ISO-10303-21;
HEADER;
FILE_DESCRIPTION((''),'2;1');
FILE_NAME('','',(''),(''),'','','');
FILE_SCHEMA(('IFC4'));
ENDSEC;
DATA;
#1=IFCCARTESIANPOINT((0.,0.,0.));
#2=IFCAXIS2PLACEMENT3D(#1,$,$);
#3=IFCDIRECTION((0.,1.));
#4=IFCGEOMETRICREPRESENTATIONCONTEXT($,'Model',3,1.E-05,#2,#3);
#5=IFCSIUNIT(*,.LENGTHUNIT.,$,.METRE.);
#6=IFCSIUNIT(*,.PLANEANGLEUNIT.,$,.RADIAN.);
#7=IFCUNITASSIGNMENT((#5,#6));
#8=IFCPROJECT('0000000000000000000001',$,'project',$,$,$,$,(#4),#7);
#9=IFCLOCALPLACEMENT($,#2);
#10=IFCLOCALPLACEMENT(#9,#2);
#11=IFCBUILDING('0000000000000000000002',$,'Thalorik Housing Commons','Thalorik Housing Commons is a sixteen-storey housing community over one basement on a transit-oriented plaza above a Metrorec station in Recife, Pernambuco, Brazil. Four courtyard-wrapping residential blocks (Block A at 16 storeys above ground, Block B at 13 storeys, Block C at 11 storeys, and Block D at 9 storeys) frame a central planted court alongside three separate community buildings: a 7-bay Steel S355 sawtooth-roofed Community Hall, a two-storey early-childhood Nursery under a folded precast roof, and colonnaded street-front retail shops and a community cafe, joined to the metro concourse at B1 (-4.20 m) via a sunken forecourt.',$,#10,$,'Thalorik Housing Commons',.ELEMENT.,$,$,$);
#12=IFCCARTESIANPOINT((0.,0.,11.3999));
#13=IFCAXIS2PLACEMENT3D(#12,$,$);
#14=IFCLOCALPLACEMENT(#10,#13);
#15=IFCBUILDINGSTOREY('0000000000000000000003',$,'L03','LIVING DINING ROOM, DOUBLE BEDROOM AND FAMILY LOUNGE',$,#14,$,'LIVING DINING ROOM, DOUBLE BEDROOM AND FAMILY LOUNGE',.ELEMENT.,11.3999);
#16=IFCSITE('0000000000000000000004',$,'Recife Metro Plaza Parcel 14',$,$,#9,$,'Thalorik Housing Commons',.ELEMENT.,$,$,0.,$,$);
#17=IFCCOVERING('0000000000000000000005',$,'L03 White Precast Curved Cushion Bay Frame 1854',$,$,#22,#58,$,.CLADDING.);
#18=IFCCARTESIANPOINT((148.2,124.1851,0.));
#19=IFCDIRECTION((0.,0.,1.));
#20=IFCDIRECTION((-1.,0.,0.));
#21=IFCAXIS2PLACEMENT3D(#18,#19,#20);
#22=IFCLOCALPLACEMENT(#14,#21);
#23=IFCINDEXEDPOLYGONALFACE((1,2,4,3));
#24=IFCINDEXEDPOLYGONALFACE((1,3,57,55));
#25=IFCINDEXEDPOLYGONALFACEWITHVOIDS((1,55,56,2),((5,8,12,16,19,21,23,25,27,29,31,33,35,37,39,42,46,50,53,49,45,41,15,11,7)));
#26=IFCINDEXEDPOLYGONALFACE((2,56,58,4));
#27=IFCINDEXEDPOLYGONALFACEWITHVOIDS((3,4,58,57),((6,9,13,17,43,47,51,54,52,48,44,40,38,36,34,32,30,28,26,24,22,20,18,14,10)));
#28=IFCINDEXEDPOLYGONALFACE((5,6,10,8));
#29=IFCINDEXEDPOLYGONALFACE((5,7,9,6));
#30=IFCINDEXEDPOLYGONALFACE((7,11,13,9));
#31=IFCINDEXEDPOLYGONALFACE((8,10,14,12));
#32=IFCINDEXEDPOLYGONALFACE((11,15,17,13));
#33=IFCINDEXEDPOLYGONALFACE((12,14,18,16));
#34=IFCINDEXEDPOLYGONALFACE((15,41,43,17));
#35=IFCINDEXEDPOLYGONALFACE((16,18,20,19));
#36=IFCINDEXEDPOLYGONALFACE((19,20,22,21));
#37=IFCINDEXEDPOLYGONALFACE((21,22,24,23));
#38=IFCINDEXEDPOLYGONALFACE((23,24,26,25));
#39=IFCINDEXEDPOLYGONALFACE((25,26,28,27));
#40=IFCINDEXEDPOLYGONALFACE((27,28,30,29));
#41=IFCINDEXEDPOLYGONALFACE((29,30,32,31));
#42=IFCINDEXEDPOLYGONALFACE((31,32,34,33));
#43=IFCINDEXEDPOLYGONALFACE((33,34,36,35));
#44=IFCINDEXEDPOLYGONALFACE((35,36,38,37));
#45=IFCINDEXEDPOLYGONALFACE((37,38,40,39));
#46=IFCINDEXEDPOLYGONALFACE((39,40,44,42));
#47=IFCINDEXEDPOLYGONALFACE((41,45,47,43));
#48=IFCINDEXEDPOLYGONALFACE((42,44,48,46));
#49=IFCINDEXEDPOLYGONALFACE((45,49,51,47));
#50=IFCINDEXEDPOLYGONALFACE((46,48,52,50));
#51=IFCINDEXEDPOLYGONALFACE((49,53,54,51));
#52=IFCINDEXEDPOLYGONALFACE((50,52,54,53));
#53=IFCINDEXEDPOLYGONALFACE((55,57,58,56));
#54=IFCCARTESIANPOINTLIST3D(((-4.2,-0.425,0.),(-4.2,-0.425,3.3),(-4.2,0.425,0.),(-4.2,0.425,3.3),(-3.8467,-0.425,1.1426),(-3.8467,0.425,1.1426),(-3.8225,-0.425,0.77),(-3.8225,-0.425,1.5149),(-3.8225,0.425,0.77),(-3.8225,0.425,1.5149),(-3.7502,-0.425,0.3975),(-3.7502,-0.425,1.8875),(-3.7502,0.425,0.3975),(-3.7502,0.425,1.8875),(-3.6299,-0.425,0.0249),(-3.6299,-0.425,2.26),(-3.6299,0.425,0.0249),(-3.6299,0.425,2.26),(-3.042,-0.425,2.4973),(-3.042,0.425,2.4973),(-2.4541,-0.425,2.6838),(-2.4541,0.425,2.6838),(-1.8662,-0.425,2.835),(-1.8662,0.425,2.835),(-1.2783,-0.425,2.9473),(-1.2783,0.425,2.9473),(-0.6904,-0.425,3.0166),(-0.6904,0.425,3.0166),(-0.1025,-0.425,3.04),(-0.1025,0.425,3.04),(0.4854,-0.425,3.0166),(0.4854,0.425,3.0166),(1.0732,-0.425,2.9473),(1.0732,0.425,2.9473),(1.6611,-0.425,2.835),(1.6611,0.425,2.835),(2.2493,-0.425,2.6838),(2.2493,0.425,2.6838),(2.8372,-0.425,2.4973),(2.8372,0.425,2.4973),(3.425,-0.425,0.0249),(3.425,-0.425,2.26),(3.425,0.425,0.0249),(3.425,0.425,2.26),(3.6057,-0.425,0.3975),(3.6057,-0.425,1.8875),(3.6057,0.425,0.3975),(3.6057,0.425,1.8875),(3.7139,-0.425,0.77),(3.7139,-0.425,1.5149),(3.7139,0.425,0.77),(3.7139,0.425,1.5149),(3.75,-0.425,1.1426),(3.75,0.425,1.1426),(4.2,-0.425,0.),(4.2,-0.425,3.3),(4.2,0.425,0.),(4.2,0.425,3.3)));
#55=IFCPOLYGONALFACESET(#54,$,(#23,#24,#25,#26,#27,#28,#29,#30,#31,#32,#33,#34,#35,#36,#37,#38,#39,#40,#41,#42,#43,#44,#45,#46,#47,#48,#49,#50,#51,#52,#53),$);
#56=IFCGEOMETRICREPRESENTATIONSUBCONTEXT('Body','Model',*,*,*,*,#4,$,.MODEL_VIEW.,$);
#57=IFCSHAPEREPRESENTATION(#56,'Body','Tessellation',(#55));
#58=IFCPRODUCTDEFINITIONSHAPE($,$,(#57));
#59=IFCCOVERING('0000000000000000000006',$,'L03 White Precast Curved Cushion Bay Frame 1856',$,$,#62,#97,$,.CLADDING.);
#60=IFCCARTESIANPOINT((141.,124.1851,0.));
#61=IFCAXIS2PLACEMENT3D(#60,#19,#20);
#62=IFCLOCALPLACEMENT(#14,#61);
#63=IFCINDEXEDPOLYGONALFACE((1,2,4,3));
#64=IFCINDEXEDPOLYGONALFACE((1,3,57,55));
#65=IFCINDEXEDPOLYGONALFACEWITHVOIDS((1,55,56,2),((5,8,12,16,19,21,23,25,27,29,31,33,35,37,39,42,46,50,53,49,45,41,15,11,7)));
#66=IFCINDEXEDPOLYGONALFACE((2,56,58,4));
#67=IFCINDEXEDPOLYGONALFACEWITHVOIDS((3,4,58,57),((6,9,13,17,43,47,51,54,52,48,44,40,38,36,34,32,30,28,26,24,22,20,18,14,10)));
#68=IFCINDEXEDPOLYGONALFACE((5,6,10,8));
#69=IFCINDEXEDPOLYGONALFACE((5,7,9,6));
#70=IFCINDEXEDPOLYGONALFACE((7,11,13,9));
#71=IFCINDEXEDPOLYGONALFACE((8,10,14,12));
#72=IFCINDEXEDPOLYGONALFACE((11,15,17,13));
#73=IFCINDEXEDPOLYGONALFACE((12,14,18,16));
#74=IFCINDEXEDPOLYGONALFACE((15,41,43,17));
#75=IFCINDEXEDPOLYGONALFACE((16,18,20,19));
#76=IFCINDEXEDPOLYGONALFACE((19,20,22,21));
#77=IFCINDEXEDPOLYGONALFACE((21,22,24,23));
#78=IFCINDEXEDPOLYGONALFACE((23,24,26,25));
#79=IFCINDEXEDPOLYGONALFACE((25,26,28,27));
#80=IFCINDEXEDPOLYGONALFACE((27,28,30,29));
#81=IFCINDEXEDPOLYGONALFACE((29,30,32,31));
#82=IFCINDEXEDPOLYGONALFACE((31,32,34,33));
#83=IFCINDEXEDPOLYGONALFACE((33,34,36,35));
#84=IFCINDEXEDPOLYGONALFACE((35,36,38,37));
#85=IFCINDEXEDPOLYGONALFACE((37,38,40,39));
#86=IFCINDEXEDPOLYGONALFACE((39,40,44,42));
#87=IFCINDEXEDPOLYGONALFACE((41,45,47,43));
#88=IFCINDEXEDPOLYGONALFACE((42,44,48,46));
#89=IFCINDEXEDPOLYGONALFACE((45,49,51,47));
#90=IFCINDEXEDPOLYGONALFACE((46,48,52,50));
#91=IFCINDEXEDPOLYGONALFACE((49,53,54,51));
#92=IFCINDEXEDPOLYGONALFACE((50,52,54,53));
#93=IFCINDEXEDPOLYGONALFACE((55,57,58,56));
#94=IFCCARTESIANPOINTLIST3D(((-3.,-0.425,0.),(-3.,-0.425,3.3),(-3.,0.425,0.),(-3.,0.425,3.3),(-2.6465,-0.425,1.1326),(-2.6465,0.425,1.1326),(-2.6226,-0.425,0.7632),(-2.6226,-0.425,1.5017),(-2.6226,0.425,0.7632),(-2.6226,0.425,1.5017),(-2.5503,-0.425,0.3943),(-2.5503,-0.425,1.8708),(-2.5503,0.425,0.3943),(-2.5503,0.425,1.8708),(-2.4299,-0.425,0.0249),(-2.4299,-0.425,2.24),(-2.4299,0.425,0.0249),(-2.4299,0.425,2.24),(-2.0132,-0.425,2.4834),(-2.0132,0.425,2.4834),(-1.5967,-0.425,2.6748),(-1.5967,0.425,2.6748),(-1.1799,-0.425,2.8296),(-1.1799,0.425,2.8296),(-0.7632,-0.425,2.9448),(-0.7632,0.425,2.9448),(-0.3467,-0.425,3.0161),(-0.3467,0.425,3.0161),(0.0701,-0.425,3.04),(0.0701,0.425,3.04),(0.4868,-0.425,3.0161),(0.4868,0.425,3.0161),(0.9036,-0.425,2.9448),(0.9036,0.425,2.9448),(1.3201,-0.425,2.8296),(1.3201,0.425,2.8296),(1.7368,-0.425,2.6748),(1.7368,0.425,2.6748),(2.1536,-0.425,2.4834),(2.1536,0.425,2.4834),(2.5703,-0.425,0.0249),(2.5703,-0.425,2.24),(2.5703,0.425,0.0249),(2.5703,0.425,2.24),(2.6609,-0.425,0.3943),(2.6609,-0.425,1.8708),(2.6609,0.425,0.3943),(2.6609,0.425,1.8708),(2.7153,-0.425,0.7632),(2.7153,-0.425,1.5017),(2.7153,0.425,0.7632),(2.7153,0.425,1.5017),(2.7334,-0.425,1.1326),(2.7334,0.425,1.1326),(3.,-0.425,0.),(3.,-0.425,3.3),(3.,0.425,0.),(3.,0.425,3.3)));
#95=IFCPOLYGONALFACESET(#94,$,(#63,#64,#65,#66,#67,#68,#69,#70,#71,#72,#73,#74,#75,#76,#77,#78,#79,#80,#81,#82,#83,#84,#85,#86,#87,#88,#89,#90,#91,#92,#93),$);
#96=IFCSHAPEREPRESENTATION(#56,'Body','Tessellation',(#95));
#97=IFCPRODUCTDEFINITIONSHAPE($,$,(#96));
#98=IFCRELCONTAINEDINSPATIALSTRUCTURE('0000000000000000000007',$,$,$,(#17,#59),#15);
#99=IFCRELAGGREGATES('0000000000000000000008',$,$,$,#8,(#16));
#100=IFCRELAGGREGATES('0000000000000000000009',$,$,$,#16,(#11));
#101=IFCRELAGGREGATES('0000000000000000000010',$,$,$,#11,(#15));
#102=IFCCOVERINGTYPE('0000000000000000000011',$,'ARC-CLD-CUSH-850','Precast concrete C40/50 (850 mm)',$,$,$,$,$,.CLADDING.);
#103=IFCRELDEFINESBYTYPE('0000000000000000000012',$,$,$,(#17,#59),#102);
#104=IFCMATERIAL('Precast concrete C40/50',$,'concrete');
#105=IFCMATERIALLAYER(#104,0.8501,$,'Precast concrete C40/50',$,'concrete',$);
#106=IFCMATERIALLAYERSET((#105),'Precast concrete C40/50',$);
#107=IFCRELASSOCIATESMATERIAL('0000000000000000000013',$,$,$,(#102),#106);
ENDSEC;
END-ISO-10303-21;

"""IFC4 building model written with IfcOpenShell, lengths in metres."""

from ifc_helpers import new_model, si_unit, direction, frame, origin, place, context, subcontext, project, spatial, polyline, outline, extrude, material, layer, layer_set, type_object, element, save


model = new_model("IFC4")

# Units and contexts
model_context = context("Model", 3, precision=1e-05, world=origin(), true_north=direction((0.0, 1.0)))
body_context = subcontext(model_context, "Body", "Model", "MODEL_VIEW")
ifc_project = project(units=[si_unit("LENGTHUNIT", "METRE"), si_unit("PLANEANGLEUNIT", "RADIAN")], contexts=[model_context])

# Site, building, storey
site_placement = place(None, origin())
site = spatial("IfcSite", under=ifc_project, at=site_placement, Name="Recife Metro Plaza Parcel 14", LongName="Thalorik Housing Commons", CompositionType="ELEMENT", RefElevation=0.0)
building_placement = place(site_placement, origin())
building = spatial("IfcBuilding", under=site, at=building_placement, Name="Thalorik Housing Commons", Description="Thalorik Housing Commons is a sixteen-storey housing community over one basement on a transit-oriented plaza above a Metrorec station in Recife, Pernambuco, Brazil. Four courtyard-wrapping residential blocks (Block A at 16 storeys above ground, Block B at 13 storeys, Block C at 11 storeys, and Block D at 9 storeys) frame a central planted court alongside three separate community buildings: a 7-bay Steel S355 sawtooth-roofed Community Hall, a two-storey early-childhood Nursery under a folded precast roof, and colonnaded street-front retail shops and a community cafe, joined to the metro concourse at B1 (-4.20 m) via a sunken forecourt.", LongName="Thalorik Housing Commons", CompositionType="ELEMENT")
storey_placement = place(building_placement, frame((0.0, 0.0, 11.3999)))
storey = spatial("IfcBuildingStorey", under=building, at=storey_placement, Name="L03", Description="LIVING DINING ROOM, DOUBLE BEDROOM AND FAMILY LOUNGE", LongName="LIVING DINING ROOM, DOUBLE BEDROOM AND FAMILY LOUNGE", CompositionType="ELEMENT", Elevation=11.3999)

# Shared definitions
ifc_material_1 = material(Name="Precast concrete C40/50", Category="concrete")

# Coverings
ifc_layer_1 = layer(ifc_material_1, 0.8501, Name="Precast concrete C40/50", Category="concrete")
ifc_layer_set_1 = layer_set([ifc_layer_1], Name="Precast concrete C40/50")
covering_type_1 = type_object("IfcCoveringType", Name="ARC-CLD-CUSH-850", Description="Precast concrete C40/50 (850 mm)", PredefinedType="CLADDING", material=ifc_layer_set_1)
covering_1_placement = place(storey_placement, frame((148.2, 124.1851, 0.0), z_axis=(0.0, 0.0, 1.0), x_axis=(-1.0, 0.0, 0.0)))
element("IfcCovering", 1, at=covering_1_placement, inside=storey, type_object=covering_type_1, Name="L03 White Precast Curved Cushion Bay Frame 1854", PredefinedType="CLADDING", context=body_context, shape_type="SweptSolid", body=[
    extrude(outline(polyline([(-4.2, 0.0), (4.2, 0.0), (4.2, 3.3), (-4.2, 3.3), (-4.2, 0.0)]), holes=[polyline([(3.425, 0.0249), (3.6057, 0.3975), (3.7139, 0.77), (3.75, 1.1426), (3.7139, 1.5149), (3.6057, 1.8875), (3.425, 2.26), (2.8372, 2.4973), (2.2493, 2.6838), (1.6611, 2.835), (1.0732, 2.9473), (0.4854, 3.0166), (-0.1025, 3.04), (-0.6904, 3.0166), (-1.2783, 2.9473), (-1.8662, 2.835), (-2.4541, 2.6838), (-3.042, 2.4973), (-3.6299, 2.26), (-3.7502, 1.8875), (-3.8225, 1.5149), (-3.8467, 1.1426), (-3.8225, 0.77), (-3.7502, 0.3975), (-3.6299, 0.0249), (3.425, 0.0249)])]), frame((0.0, 0.425, 0.0), z_axis=(0.0, -1.0, 0.0), x_axis=(1.0, 0.0, 0.0)), (0.0, 0.0, 1.0), 0.8501),
])
covering_2_placement = place(storey_placement, frame((141.0, 124.1851, 0.0), z_axis=(0.0, 0.0, 1.0), x_axis=(-1.0, 0.0, 0.0)))
element("IfcCovering", 2, at=covering_2_placement, inside=storey, type_object=covering_type_1, Name="L03 White Precast Curved Cushion Bay Frame 1856", PredefinedType="CLADDING", context=body_context, shape_type="SweptSolid", body=[
    extrude(outline(polyline([(-3.0, 0.0), (3.0, 0.0), (3.0, 3.3), (-3.0, 3.3), (-3.0, 0.0)]), holes=[polyline([(2.5703, 0.0249), (2.6609, 0.3943), (2.7153, 0.7632), (2.7334, 1.1326), (2.7153, 1.5017), (2.6609, 1.8708), (2.5703, 2.24), (2.1536, 2.4834), (1.7368, 2.6748), (1.3201, 2.8296), (0.9036, 2.9448), (0.4868, 3.0161), (0.0701, 3.04), (-0.3467, 3.0161), (-0.7632, 2.9448), (-1.1799, 2.8296), (-1.5967, 2.6748), (-2.0132, 2.4834), (-2.4299, 2.24), (-2.5503, 1.8708), (-2.6226, 1.5017), (-2.6465, 1.1326), (-2.6226, 0.7632), (-2.5503, 0.3943), (-2.4299, 0.0249), (2.5703, 0.0249)])]), frame((0.0, 0.425, 0.0), z_axis=(0.0, -1.0, 0.0), x_axis=(1.0, 0.0, 0.0)), (0.0, 0.0, 1.0), 0.8501),
])

save(model, "model.ifc")
